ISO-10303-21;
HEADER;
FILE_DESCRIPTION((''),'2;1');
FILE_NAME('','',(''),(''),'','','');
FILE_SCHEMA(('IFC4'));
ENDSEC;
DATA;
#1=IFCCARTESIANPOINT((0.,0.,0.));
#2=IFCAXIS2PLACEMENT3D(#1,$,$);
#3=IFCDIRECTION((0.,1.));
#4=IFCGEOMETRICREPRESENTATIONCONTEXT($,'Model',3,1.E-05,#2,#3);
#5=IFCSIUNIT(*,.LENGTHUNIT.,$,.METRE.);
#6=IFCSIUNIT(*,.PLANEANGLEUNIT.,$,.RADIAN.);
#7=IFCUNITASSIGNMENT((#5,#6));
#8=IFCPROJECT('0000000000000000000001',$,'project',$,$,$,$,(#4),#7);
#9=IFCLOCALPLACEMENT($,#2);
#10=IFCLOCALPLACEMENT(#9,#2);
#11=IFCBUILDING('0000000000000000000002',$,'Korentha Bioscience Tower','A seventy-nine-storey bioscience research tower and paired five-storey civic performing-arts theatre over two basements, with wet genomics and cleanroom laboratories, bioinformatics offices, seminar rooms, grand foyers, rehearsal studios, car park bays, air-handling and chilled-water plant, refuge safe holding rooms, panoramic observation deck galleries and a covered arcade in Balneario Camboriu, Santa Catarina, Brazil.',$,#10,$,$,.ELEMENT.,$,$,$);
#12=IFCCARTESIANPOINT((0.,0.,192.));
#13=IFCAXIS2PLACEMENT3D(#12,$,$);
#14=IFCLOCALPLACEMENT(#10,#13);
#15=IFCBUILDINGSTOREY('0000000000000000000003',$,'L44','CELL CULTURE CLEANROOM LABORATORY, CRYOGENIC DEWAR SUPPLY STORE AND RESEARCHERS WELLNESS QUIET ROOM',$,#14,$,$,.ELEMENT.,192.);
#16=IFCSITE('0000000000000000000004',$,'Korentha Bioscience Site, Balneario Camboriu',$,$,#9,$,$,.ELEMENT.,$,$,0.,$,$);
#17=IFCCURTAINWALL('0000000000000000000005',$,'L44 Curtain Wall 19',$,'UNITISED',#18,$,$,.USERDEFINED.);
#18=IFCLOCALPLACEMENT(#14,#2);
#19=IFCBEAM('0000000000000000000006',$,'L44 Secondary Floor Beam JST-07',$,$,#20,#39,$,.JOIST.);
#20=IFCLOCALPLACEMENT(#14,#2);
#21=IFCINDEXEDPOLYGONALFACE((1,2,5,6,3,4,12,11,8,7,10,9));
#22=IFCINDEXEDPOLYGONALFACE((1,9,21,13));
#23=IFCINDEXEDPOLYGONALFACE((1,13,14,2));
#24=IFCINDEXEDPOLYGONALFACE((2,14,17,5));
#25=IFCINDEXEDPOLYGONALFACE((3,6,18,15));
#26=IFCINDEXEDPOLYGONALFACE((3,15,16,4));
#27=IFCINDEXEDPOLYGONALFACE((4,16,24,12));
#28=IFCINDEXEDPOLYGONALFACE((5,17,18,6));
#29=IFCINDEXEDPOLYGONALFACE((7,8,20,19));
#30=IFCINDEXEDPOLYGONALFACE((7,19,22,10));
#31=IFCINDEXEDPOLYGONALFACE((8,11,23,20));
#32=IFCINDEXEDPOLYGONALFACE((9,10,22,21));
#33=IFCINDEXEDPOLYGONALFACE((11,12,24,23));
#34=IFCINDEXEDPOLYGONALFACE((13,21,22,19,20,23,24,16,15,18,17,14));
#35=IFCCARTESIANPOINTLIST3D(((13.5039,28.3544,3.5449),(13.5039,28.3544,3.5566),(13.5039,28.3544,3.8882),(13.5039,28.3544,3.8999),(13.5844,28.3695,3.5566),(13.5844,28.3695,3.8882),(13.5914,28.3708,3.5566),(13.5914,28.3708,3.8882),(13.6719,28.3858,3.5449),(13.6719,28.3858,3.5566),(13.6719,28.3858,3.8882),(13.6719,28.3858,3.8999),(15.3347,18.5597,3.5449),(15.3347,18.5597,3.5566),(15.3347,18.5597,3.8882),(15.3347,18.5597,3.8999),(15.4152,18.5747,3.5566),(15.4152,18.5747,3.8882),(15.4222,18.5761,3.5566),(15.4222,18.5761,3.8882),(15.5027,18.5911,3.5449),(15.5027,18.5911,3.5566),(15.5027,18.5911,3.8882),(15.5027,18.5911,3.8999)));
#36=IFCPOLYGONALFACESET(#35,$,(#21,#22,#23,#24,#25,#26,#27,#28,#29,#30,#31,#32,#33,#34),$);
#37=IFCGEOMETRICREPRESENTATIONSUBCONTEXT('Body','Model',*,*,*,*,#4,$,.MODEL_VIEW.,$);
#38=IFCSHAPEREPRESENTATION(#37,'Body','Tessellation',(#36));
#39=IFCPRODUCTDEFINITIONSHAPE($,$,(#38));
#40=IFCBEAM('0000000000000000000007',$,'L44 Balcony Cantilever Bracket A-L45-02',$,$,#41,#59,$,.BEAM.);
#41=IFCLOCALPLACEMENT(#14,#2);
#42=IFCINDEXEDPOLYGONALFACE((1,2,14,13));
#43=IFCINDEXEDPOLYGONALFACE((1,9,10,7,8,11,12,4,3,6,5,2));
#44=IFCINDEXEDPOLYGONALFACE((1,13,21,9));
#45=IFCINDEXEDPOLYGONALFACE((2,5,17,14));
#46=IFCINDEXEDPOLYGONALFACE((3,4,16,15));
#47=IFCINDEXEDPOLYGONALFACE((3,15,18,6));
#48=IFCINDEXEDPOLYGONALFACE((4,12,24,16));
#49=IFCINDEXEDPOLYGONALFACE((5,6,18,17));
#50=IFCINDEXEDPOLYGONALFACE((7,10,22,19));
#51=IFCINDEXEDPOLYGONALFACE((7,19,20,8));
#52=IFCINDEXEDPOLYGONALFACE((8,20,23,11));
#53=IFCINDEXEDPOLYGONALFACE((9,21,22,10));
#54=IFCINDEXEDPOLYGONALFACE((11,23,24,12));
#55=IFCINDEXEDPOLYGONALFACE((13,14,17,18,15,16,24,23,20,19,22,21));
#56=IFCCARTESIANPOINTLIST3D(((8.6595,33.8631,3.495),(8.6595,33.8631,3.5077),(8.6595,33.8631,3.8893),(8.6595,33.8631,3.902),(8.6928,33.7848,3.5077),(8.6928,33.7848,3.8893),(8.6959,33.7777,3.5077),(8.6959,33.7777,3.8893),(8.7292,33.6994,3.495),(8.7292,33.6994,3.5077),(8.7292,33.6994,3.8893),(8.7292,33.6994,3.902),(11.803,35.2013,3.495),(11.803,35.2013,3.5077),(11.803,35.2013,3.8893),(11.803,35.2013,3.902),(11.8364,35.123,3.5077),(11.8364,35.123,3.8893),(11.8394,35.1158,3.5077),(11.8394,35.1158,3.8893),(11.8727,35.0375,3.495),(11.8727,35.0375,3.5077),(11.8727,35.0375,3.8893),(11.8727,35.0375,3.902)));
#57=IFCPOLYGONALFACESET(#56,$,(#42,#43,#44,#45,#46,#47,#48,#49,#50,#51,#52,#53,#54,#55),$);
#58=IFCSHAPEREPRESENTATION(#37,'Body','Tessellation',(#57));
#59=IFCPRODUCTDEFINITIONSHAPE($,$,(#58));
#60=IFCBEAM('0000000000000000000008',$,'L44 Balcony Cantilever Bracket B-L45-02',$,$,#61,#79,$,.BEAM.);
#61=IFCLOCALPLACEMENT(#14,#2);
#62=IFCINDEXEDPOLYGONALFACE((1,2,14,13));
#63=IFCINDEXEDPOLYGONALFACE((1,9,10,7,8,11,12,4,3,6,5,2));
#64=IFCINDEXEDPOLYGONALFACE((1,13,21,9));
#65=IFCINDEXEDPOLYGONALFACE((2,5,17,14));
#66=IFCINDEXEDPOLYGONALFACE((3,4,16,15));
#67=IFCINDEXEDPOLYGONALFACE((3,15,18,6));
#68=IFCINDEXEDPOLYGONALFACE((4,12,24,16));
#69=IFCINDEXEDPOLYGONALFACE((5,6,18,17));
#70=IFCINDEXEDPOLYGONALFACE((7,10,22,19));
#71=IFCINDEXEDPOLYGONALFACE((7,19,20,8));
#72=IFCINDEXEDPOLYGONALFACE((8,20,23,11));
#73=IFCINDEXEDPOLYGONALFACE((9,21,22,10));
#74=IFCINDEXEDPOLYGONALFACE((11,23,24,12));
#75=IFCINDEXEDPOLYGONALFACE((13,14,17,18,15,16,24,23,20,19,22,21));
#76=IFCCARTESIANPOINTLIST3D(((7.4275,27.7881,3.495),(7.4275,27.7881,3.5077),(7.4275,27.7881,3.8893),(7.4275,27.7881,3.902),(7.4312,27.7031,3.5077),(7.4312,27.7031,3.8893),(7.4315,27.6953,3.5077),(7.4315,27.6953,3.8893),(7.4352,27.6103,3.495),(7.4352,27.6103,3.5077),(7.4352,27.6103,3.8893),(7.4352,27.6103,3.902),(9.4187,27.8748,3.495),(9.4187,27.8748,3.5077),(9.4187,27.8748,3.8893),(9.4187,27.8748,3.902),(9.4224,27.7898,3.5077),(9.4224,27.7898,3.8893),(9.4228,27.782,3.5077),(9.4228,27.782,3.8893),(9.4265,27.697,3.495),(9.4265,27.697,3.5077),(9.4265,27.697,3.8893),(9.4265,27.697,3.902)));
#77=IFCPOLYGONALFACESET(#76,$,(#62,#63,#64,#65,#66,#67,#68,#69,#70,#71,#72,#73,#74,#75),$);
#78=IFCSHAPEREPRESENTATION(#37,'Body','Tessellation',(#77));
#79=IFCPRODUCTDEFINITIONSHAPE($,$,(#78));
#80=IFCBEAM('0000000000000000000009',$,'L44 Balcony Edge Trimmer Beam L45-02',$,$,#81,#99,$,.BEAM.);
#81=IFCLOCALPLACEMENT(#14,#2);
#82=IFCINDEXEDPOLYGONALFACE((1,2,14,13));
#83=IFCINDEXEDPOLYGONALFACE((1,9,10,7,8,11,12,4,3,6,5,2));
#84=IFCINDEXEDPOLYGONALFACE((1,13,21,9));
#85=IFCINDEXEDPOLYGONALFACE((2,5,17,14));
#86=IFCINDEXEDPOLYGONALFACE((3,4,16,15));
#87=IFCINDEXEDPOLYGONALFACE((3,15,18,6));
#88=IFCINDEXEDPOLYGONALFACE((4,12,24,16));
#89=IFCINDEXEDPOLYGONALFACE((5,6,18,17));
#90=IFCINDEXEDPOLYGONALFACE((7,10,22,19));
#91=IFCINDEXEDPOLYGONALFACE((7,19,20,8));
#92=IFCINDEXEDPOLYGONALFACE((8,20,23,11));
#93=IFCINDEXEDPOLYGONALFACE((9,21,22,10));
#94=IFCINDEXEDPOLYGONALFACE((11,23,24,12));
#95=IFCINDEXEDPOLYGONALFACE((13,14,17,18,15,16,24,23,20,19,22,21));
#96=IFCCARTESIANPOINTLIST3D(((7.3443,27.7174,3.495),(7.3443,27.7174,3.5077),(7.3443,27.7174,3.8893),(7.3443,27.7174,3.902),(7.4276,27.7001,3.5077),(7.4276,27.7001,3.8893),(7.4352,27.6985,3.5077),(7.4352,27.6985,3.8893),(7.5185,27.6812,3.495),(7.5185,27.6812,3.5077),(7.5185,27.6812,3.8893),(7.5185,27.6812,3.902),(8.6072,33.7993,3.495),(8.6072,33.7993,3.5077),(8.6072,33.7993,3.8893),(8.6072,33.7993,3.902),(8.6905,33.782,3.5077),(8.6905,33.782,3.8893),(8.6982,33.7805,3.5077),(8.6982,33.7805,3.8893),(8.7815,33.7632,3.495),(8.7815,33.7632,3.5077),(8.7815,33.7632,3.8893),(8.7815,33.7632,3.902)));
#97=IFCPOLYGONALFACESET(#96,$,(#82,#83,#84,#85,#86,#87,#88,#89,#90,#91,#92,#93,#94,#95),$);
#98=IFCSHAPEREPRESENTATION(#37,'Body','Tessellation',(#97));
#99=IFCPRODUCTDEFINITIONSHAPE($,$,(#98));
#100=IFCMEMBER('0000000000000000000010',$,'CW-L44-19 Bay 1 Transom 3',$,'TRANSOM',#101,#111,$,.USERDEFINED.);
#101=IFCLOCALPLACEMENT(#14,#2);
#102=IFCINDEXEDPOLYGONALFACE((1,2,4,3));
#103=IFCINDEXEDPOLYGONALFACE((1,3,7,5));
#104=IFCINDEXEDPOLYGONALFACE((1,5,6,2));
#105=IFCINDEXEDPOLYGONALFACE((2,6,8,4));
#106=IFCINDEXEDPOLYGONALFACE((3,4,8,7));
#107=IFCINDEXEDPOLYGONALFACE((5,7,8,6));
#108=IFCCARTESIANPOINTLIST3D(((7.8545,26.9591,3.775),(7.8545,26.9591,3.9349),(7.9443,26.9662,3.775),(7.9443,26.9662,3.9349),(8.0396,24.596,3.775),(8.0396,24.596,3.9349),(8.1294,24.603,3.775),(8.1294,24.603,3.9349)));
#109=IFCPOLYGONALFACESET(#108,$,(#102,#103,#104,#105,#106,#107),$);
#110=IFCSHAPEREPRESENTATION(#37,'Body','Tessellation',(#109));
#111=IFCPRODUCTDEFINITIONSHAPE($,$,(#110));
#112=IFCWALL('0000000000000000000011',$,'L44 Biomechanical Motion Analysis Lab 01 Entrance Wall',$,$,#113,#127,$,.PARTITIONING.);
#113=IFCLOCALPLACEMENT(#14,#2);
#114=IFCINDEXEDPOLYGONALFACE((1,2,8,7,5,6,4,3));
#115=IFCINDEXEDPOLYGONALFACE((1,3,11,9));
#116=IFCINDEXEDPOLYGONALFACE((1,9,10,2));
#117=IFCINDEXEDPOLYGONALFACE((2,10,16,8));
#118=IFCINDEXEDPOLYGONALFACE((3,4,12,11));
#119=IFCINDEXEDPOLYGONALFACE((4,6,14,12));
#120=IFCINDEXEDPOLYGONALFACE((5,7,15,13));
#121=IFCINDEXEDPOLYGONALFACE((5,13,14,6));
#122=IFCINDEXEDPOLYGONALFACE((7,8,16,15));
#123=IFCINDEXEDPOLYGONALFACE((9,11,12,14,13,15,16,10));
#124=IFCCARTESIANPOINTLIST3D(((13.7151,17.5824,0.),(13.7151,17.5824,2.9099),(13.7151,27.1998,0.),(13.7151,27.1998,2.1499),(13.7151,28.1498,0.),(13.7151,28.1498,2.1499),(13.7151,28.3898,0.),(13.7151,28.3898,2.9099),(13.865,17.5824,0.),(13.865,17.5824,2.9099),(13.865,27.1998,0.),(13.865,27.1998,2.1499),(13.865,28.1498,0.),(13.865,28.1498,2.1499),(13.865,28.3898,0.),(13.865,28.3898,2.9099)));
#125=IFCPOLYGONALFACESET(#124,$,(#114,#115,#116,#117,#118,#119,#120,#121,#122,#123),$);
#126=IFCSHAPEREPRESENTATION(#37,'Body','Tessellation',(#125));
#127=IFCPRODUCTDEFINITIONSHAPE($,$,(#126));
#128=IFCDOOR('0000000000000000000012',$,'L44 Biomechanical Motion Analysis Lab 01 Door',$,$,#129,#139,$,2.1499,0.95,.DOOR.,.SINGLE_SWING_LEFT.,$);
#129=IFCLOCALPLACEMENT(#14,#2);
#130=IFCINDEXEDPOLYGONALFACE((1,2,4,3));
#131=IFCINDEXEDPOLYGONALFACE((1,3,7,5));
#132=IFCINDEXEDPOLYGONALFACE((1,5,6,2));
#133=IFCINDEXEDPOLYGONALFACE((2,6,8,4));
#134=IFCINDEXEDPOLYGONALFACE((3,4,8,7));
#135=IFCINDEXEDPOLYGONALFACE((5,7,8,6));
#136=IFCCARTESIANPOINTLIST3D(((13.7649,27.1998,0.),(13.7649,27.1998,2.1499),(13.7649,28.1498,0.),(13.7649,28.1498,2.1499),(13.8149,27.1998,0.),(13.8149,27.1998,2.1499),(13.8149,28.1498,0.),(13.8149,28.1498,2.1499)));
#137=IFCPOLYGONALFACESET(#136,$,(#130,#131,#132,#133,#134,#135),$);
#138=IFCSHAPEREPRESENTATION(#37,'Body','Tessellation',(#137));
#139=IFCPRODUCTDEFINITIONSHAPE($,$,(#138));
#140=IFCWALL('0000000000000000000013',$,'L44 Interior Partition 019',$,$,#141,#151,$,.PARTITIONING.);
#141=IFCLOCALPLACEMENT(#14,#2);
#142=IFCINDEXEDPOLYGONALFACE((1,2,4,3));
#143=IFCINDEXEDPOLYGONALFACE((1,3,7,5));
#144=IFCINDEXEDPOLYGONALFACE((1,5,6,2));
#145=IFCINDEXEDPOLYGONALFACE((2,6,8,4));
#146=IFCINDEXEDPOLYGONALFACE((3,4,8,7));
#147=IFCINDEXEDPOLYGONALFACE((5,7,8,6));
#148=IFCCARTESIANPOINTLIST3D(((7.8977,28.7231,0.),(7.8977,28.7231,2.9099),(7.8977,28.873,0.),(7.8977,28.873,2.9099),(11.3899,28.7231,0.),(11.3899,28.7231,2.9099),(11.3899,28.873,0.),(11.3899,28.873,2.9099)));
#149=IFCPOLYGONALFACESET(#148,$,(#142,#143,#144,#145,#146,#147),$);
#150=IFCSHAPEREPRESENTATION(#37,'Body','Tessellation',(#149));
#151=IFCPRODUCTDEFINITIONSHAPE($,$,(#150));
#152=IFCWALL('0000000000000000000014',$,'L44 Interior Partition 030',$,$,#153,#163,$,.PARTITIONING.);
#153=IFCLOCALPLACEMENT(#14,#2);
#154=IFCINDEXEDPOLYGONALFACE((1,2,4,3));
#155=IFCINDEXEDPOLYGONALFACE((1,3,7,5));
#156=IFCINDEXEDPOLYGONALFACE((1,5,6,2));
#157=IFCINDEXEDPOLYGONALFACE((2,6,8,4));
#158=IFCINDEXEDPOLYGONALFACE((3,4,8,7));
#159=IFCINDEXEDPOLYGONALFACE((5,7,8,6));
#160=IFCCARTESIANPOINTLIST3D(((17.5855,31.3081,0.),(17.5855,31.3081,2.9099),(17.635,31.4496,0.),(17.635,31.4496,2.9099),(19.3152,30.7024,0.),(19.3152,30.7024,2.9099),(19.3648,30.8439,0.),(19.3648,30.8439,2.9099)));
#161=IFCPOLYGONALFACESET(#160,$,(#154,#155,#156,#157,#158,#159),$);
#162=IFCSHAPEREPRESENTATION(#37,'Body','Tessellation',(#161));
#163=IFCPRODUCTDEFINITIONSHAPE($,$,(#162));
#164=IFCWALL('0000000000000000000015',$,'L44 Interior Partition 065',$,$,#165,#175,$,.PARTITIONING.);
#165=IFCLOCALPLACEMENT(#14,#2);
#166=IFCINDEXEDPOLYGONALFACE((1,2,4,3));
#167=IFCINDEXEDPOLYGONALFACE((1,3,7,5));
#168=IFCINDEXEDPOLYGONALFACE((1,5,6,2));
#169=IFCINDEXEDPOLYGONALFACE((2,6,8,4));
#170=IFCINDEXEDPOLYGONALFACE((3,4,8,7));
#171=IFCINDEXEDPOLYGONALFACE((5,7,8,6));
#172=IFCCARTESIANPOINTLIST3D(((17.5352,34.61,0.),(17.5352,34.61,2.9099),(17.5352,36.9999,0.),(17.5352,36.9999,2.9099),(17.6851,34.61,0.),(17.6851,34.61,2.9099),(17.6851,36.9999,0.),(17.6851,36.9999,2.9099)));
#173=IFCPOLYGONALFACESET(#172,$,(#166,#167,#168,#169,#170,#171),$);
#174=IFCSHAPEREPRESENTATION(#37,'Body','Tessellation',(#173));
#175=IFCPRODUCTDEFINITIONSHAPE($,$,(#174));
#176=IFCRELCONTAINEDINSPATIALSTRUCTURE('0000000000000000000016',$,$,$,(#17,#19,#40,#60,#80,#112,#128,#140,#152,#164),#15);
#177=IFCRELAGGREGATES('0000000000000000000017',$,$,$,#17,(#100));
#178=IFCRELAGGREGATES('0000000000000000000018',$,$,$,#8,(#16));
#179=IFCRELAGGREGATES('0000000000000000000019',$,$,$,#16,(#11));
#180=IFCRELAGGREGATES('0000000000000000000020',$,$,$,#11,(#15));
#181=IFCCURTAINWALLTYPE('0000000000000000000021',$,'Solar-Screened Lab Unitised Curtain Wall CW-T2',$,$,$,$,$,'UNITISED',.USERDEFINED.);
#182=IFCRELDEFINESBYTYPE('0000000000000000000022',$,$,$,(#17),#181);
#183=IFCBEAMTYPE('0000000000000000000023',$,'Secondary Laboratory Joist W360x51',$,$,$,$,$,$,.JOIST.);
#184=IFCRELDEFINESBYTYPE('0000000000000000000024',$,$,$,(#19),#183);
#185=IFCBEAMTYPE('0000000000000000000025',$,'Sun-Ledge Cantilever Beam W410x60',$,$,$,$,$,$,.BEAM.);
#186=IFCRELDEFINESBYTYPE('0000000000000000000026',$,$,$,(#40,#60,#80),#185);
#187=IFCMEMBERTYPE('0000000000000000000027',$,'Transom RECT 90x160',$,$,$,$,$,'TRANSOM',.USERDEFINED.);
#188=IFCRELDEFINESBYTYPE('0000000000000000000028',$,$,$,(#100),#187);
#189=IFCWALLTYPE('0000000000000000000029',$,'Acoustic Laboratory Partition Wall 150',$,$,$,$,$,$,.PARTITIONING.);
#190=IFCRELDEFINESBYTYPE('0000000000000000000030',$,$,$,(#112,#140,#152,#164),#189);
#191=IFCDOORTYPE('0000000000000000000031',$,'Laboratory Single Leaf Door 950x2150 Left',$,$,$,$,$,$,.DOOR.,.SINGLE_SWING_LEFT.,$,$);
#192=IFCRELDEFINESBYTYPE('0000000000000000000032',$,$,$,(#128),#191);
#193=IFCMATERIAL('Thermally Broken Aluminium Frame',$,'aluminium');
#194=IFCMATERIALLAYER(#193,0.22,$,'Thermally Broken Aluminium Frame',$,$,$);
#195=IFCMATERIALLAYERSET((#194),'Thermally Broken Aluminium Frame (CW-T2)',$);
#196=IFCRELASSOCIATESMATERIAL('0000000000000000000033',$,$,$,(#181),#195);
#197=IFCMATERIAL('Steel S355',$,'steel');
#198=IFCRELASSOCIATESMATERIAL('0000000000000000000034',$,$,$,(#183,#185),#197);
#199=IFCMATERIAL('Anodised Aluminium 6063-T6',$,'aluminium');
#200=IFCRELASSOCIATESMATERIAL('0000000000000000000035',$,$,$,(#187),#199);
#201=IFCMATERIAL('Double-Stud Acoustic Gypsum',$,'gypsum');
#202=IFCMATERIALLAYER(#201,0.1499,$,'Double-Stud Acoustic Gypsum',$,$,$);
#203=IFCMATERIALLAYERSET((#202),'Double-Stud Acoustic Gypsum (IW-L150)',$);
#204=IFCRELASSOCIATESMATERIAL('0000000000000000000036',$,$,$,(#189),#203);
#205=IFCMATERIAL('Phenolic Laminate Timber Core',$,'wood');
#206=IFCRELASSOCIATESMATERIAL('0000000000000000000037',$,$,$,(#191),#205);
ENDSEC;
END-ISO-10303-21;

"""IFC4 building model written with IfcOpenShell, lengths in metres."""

from ifc_helpers import new_model, si_unit, direction, frame, frame_2d, origin, origin_2d, place, context, subcontext, project, spatial, rectangle, i_section, extrude, material, layer, layer_set, material_profile, profile_set, type_object, element, fill, aggregate, save


model = new_model("IFC4")

# Units and contexts
model_context = context("Model", 3, precision=1e-05, world=origin(), true_north=direction((0.0, 1.0)))
body_context = subcontext(model_context, "Body", "Model", "MODEL_VIEW")
ifc_project = project(units=[si_unit("LENGTHUNIT", "METRE"), si_unit("PLANEANGLEUNIT", "RADIAN")], contexts=[model_context])

# Site, building, storey
site_placement = place(None, origin())
site = spatial("IfcSite", under=ifc_project, at=site_placement, Name="Korentha Bioscience Site, Balneario Camboriu", CompositionType="ELEMENT", RefElevation=0.0)
building_placement = place(site_placement, origin())
building = spatial("IfcBuilding", under=site, at=building_placement, Name="Korentha Bioscience Tower", Description="A seventy-nine-storey bioscience research tower and paired five-storey civic performing-arts theatre over two basements, with wet genomics and cleanroom laboratories, bioinformatics offices, seminar rooms, grand foyers, rehearsal studios, car park bays, air-handling and chilled-water plant, refuge safe holding rooms, panoramic observation deck galleries and a covered arcade in Balneario Camboriu, Santa Catarina, Brazil.", CompositionType="ELEMENT")
storey_placement = place(building_placement, frame((0.0, 0.0, 192.0)))
storey = spatial("IfcBuildingStorey", under=building, at=storey_placement, Name="L44", Description="CELL CULTURE CLEANROOM LABORATORY, CRYOGENIC DEWAR SUPPLY STORE AND RESEARCHERS WELLNESS QUIET ROOM", CompositionType="ELEMENT", Elevation=192.0)

# Shared definitions
ifc_material_1 = material(Name="Steel S355", Category="steel")

# Curtain wall
ifc_material_2 = material(Name="Thermally Broken Aluminium Frame", Category="aluminium")
ifc_layer_1 = layer(ifc_material_2, 0.22, Name="Thermally Broken Aluminium Frame")
ifc_layer_set_1 = layer_set([ifc_layer_1], Name="Thermally Broken Aluminium Frame (CW-T2)")
curtain_wall_type = type_object("IfcCurtainWallType", Name="Solar-Screened Lab Unitised Curtain Wall CW-T2", ElementType="UNITISED", PredefinedType="USERDEFINED", material=ifc_layer_set_1)
curtain_wall_placement = place(storey_placement, origin())
curtain_wall = element("IfcCurtainWall", 1, at=curtain_wall_placement, inside=storey, type_object=curtain_wall_type, Name="L44 Curtain Wall 19", ObjectType="UNITISED", PredefinedType="USERDEFINED")
ifc_material_3 = material(Name="Anodised Aluminium 6063-T6", Category="aluminium")

# Beams
ifc_material_profile_1 = material_profile(ifc_material_1, i_section(OverallWidth=0.1709, OverallDepth=0.355, WebThickness=0.0071, FlangeThickness=0.0117, at=origin_2d()), Name="Steel S355")
ifc_profile_set_1 = profile_set([ifc_material_profile_1], Name="Steel S355 (JB-360)")
beam_type_1 = type_object("IfcBeamType", Name="Secondary Laboratory Joist W360x51", PredefinedType="JOIST", material=ifc_profile_set_1)
beam_1_placement = place(storey_placement, frame((13.5879, 28.3701, 3.7224), z_axis=(0.183737, -0.982975, 0.0), x_axis=(0.982975, 0.183737, 0.0)))
element("IfcBeam", 2, at=beam_1_placement, inside=storey, type_object=beam_type_1, Name="L44 Secondary Floor Beam JST-07", PredefinedType="JOIST", context=body_context, shape_type="SweptSolid", body=[
    extrude(i_section(OverallWidth=0.1709, OverallDepth=0.355, WebThickness=0.0071, FlangeThickness=0.0117, at=origin_2d()), origin(), (0.0, 0.0, 1.0), 9.9644),
])
ifc_material_profile_2 = material_profile(ifc_material_1, i_section(OverallWidth=0.178, OverallDepth=0.407, WebThickness=0.0078, FlangeThickness=0.0127, at=origin_2d()), Name="Steel S355")
ifc_profile_set_2 = profile_set([ifc_material_profile_2], Name="Steel S355 (CB-410)")
beam_type_2 = type_object("IfcBeamType", Name="Sun-Ledge Cantilever Beam W410x60", PredefinedType="BEAM", material=ifc_profile_set_2)
beam_2_placement = place(storey_placement, frame((11.8379, 35.1194, 3.6985), z_axis=(-0.920107, -0.391667, 0.0), x_axis=(0.391667, -0.920107, 0.0)))
element("IfcBeam", 3, at=beam_2_placement, inside=storey, type_object=beam_type_2, Name="L44 Balcony Cantilever Bracket A-L45-02", PredefinedType="BEAM", context=body_context, shape_type="SweptSolid", body=[
    extrude(i_section(OverallWidth=0.178, OverallDepth=0.407, WebThickness=0.0078, FlangeThickness=0.0127, at=origin_2d()), origin(), (0.0, 0.0, 1.0), 3.4165),
])
beam_3_placement = place(storey_placement, frame((9.4226, 27.7859, 3.6985), z_axis=(-0.999054, -0.043485, 0.0), x_axis=(0.043485, -0.999054, 0.0)))
element("IfcBeam", 4, at=beam_3_placement, inside=storey, type_object=beam_type_2, Name="L44 Balcony Cantilever Bracket B-L45-02", PredefinedType="BEAM", context=body_context, shape_type="SweptSolid", body=[
    extrude(i_section(OverallWidth=0.178, OverallDepth=0.407, WebThickness=0.0078, FlangeThickness=0.0127, at=origin_2d()), origin(), (0.0, 0.0, 1.0), 1.9932),
])
beam_4_placement = place(storey_placement, frame((8.6943, 33.7812, 3.6985), z_axis=(-0.203314, -0.979114, 0.0), x_axis=(0.979114, -0.203314, 0.0)))
element("IfcBeam", 5, at=beam_4_placement, inside=storey, type_object=beam_type_2, Name="L44 Balcony Edge Trimmer Beam L45-02", PredefinedType="BEAM", context=body_context, shape_type="SweptSolid", body=[
    extrude(i_section(OverallWidth=0.178, OverallDepth=0.407, WebThickness=0.0078, FlangeThickness=0.0127, at=origin_2d()), origin(), (0.0, 0.0, 1.0), 6.2117),
])

# Member
ifc_material_profile_3 = material_profile(ifc_material_3, rectangle(XDim=0.0901, YDim=0.1599, at=origin_2d()), Name="Anodised Aluminium 6063-T6")
ifc_profile_set_3 = profile_set([ifc_material_profile_3], Name="Anodised Aluminium 6063-T6 (CW-TRN)")
member_type_1 = type_object("IfcMemberType", Name="Transom RECT 90x160", ElementType="TRANSOM", PredefinedType="USERDEFINED", material=ifc_profile_set_3)
member_1_placement = place(storey_placement, frame((7.8994, 26.9626, 3.855), z_axis=(0.078075, -0.996948, 0.0), x_axis=(0.996948, 0.078075, 0.0)))
member_1 = element("IfcMember", 6, at=member_1_placement, type_object=member_type_1, Name="CW-L44-19 Bay 1 Transom 3", ObjectType="TRANSOM", PredefinedType="USERDEFINED", context=body_context, shape_type="SweptSolid", body=[
    extrude(rectangle(XDim=0.0901, YDim=0.1599, at=origin_2d()), origin(), (0.0, 0.0, 1.0), 2.3704),
])
aggregate(curtain_wall, [member_1])

# Wall, opening, door
ifc_material_4 = material(Name="Double-Stud Acoustic Gypsum", Category="gypsum")
ifc_layer_2 = layer(ifc_material_4, 0.1499, Name="Double-Stud Acoustic Gypsum")
ifc_layer_set_2 = layer_set([ifc_layer_2], Name="Double-Stud Acoustic Gypsum (IW-L150)")
wall_type_1 = type_object("IfcWallType", Name="Acoustic Laboratory Partition Wall 150", PredefinedType="PARTITIONING", material=ifc_layer_set_2)
wall_1_placement = place(storey_placement, frame((13.79, 28.3899, 0.0), z_axis=(0.0, 0.0, 1.0), x_axis=(0.0, -1.0, 0.0)))
wall_1 = element("IfcWall", 7, at=wall_1_placement, inside=storey, type_object=wall_type_1, Name="L44 Biomechanical Motion Analysis Lab 01 Entrance Wall", PredefinedType="PARTITIONING", context=body_context, shape_type="SweptSolid", body=[
    extrude(rectangle(XDim=10.8074, YDim=0.1499, at=frame_2d((5.4038, 0.0))), origin(), (0.0, 0.0, 1.0), 2.9099),
])
opening_1_placement = place(wall_1_placement, frame((0.24, 0.0, 0.0)))
opening_1 = element("IfcOpeningElement", 8, at=opening_1_placement, cuts=wall_1, PredefinedType="OPENING", context=body_context, shape_type="SweptSolid", body=[
    extrude(rectangle(XDim=0.95, YDim=2.1499, at=frame_2d((0.4751, 1.075))), frame((0.0, 0.0898, 0.0), z_axis=(0.0, -1.0, 0.0), x_axis=(1.0, 0.0, 0.0)), (0.0, 0.0, 1.0), 0.1797),
])
ifc_material_5 = material(Name="Phenolic Laminate Timber Core", Category="wood")
door_type_1 = type_object("IfcDoorType", Name="Laboratory Single Leaf Door 950x2150 Left", OperationType="SINGLE_SWING_LEFT", PredefinedType="DOOR", material=ifc_material_5)
door_1_placement = place(opening_1_placement, origin())
door_1 = element("IfcDoor", 9, at=door_1_placement, inside=storey, type_object=door_type_1, Name="L44 Biomechanical Motion Analysis Lab 01 Door", OperationType="SINGLE_SWING_LEFT", OverallHeight=2.1499, OverallWidth=0.95, PredefinedType="DOOR", context=body_context, shape_type="SweptSolid", body=[
    extrude(rectangle(XDim=0.95, YDim=2.1499, at=frame_2d((0.4751, 1.075))), frame((0.0, 0.0249, 0.0), z_axis=(0.0, -1.0, 0.0), x_axis=(1.0, 0.0, 0.0)), (0.0, 0.0, 1.0), 0.05),
])
fill(opening_1, door_1)

# Walls
wall_2_placement = place(storey_placement, frame((7.8977, 28.7981, 0.0), z_axis=(0.0, 0.0, 1.0), x_axis=(1.0, 0.0, 0.0)))
element("IfcWall", 10, at=wall_2_placement, inside=storey, type_object=wall_type_1, Name="L44 Interior Partition 019", PredefinedType="PARTITIONING", context=body_context, shape_type="SweptSolid", body=[
    extrude(rectangle(XDim=3.4922, YDim=0.1499, at=frame_2d((1.7461, 0.0))), origin(), (0.0, 0.0, 1.0), 2.9099),
])
wall_3_placement = place(storey_placement, frame((17.6101, 31.3789, 0.0), z_axis=(0.0, 0.0, 1.0), x_axis=(0.943806, -0.330499, 0.0)))
element("IfcWall", 11, at=wall_3_placement, inside=storey, type_object=wall_type_1, Name="L44 Interior Partition 030", PredefinedType="PARTITIONING", context=body_context, shape_type="SweptSolid", body=[
    extrude(rectangle(XDim=1.8328, YDim=0.1499, at=frame_2d((0.9165, 0.0))), origin(), (0.0, 0.0, 1.0), 2.9099),
])
wall_4_placement = place(storey_placement, frame((17.6101, 34.6101, 0.0), z_axis=(0.0, 0.0, 1.0), x_axis=(0.0, 1.0, 0.0)))
element("IfcWall", 12, at=wall_4_placement, inside=storey, type_object=wall_type_1, Name="L44 Interior Partition 065", PredefinedType="PARTITIONING", context=body_context, shape_type="SweptSolid", body=[
    extrude(rectangle(XDim=2.3899, YDim=0.1499, at=frame_2d((1.1948, 0.0))), origin(), (0.0, 0.0, 1.0), 2.9099),
])

save(model, "model.ifc")
